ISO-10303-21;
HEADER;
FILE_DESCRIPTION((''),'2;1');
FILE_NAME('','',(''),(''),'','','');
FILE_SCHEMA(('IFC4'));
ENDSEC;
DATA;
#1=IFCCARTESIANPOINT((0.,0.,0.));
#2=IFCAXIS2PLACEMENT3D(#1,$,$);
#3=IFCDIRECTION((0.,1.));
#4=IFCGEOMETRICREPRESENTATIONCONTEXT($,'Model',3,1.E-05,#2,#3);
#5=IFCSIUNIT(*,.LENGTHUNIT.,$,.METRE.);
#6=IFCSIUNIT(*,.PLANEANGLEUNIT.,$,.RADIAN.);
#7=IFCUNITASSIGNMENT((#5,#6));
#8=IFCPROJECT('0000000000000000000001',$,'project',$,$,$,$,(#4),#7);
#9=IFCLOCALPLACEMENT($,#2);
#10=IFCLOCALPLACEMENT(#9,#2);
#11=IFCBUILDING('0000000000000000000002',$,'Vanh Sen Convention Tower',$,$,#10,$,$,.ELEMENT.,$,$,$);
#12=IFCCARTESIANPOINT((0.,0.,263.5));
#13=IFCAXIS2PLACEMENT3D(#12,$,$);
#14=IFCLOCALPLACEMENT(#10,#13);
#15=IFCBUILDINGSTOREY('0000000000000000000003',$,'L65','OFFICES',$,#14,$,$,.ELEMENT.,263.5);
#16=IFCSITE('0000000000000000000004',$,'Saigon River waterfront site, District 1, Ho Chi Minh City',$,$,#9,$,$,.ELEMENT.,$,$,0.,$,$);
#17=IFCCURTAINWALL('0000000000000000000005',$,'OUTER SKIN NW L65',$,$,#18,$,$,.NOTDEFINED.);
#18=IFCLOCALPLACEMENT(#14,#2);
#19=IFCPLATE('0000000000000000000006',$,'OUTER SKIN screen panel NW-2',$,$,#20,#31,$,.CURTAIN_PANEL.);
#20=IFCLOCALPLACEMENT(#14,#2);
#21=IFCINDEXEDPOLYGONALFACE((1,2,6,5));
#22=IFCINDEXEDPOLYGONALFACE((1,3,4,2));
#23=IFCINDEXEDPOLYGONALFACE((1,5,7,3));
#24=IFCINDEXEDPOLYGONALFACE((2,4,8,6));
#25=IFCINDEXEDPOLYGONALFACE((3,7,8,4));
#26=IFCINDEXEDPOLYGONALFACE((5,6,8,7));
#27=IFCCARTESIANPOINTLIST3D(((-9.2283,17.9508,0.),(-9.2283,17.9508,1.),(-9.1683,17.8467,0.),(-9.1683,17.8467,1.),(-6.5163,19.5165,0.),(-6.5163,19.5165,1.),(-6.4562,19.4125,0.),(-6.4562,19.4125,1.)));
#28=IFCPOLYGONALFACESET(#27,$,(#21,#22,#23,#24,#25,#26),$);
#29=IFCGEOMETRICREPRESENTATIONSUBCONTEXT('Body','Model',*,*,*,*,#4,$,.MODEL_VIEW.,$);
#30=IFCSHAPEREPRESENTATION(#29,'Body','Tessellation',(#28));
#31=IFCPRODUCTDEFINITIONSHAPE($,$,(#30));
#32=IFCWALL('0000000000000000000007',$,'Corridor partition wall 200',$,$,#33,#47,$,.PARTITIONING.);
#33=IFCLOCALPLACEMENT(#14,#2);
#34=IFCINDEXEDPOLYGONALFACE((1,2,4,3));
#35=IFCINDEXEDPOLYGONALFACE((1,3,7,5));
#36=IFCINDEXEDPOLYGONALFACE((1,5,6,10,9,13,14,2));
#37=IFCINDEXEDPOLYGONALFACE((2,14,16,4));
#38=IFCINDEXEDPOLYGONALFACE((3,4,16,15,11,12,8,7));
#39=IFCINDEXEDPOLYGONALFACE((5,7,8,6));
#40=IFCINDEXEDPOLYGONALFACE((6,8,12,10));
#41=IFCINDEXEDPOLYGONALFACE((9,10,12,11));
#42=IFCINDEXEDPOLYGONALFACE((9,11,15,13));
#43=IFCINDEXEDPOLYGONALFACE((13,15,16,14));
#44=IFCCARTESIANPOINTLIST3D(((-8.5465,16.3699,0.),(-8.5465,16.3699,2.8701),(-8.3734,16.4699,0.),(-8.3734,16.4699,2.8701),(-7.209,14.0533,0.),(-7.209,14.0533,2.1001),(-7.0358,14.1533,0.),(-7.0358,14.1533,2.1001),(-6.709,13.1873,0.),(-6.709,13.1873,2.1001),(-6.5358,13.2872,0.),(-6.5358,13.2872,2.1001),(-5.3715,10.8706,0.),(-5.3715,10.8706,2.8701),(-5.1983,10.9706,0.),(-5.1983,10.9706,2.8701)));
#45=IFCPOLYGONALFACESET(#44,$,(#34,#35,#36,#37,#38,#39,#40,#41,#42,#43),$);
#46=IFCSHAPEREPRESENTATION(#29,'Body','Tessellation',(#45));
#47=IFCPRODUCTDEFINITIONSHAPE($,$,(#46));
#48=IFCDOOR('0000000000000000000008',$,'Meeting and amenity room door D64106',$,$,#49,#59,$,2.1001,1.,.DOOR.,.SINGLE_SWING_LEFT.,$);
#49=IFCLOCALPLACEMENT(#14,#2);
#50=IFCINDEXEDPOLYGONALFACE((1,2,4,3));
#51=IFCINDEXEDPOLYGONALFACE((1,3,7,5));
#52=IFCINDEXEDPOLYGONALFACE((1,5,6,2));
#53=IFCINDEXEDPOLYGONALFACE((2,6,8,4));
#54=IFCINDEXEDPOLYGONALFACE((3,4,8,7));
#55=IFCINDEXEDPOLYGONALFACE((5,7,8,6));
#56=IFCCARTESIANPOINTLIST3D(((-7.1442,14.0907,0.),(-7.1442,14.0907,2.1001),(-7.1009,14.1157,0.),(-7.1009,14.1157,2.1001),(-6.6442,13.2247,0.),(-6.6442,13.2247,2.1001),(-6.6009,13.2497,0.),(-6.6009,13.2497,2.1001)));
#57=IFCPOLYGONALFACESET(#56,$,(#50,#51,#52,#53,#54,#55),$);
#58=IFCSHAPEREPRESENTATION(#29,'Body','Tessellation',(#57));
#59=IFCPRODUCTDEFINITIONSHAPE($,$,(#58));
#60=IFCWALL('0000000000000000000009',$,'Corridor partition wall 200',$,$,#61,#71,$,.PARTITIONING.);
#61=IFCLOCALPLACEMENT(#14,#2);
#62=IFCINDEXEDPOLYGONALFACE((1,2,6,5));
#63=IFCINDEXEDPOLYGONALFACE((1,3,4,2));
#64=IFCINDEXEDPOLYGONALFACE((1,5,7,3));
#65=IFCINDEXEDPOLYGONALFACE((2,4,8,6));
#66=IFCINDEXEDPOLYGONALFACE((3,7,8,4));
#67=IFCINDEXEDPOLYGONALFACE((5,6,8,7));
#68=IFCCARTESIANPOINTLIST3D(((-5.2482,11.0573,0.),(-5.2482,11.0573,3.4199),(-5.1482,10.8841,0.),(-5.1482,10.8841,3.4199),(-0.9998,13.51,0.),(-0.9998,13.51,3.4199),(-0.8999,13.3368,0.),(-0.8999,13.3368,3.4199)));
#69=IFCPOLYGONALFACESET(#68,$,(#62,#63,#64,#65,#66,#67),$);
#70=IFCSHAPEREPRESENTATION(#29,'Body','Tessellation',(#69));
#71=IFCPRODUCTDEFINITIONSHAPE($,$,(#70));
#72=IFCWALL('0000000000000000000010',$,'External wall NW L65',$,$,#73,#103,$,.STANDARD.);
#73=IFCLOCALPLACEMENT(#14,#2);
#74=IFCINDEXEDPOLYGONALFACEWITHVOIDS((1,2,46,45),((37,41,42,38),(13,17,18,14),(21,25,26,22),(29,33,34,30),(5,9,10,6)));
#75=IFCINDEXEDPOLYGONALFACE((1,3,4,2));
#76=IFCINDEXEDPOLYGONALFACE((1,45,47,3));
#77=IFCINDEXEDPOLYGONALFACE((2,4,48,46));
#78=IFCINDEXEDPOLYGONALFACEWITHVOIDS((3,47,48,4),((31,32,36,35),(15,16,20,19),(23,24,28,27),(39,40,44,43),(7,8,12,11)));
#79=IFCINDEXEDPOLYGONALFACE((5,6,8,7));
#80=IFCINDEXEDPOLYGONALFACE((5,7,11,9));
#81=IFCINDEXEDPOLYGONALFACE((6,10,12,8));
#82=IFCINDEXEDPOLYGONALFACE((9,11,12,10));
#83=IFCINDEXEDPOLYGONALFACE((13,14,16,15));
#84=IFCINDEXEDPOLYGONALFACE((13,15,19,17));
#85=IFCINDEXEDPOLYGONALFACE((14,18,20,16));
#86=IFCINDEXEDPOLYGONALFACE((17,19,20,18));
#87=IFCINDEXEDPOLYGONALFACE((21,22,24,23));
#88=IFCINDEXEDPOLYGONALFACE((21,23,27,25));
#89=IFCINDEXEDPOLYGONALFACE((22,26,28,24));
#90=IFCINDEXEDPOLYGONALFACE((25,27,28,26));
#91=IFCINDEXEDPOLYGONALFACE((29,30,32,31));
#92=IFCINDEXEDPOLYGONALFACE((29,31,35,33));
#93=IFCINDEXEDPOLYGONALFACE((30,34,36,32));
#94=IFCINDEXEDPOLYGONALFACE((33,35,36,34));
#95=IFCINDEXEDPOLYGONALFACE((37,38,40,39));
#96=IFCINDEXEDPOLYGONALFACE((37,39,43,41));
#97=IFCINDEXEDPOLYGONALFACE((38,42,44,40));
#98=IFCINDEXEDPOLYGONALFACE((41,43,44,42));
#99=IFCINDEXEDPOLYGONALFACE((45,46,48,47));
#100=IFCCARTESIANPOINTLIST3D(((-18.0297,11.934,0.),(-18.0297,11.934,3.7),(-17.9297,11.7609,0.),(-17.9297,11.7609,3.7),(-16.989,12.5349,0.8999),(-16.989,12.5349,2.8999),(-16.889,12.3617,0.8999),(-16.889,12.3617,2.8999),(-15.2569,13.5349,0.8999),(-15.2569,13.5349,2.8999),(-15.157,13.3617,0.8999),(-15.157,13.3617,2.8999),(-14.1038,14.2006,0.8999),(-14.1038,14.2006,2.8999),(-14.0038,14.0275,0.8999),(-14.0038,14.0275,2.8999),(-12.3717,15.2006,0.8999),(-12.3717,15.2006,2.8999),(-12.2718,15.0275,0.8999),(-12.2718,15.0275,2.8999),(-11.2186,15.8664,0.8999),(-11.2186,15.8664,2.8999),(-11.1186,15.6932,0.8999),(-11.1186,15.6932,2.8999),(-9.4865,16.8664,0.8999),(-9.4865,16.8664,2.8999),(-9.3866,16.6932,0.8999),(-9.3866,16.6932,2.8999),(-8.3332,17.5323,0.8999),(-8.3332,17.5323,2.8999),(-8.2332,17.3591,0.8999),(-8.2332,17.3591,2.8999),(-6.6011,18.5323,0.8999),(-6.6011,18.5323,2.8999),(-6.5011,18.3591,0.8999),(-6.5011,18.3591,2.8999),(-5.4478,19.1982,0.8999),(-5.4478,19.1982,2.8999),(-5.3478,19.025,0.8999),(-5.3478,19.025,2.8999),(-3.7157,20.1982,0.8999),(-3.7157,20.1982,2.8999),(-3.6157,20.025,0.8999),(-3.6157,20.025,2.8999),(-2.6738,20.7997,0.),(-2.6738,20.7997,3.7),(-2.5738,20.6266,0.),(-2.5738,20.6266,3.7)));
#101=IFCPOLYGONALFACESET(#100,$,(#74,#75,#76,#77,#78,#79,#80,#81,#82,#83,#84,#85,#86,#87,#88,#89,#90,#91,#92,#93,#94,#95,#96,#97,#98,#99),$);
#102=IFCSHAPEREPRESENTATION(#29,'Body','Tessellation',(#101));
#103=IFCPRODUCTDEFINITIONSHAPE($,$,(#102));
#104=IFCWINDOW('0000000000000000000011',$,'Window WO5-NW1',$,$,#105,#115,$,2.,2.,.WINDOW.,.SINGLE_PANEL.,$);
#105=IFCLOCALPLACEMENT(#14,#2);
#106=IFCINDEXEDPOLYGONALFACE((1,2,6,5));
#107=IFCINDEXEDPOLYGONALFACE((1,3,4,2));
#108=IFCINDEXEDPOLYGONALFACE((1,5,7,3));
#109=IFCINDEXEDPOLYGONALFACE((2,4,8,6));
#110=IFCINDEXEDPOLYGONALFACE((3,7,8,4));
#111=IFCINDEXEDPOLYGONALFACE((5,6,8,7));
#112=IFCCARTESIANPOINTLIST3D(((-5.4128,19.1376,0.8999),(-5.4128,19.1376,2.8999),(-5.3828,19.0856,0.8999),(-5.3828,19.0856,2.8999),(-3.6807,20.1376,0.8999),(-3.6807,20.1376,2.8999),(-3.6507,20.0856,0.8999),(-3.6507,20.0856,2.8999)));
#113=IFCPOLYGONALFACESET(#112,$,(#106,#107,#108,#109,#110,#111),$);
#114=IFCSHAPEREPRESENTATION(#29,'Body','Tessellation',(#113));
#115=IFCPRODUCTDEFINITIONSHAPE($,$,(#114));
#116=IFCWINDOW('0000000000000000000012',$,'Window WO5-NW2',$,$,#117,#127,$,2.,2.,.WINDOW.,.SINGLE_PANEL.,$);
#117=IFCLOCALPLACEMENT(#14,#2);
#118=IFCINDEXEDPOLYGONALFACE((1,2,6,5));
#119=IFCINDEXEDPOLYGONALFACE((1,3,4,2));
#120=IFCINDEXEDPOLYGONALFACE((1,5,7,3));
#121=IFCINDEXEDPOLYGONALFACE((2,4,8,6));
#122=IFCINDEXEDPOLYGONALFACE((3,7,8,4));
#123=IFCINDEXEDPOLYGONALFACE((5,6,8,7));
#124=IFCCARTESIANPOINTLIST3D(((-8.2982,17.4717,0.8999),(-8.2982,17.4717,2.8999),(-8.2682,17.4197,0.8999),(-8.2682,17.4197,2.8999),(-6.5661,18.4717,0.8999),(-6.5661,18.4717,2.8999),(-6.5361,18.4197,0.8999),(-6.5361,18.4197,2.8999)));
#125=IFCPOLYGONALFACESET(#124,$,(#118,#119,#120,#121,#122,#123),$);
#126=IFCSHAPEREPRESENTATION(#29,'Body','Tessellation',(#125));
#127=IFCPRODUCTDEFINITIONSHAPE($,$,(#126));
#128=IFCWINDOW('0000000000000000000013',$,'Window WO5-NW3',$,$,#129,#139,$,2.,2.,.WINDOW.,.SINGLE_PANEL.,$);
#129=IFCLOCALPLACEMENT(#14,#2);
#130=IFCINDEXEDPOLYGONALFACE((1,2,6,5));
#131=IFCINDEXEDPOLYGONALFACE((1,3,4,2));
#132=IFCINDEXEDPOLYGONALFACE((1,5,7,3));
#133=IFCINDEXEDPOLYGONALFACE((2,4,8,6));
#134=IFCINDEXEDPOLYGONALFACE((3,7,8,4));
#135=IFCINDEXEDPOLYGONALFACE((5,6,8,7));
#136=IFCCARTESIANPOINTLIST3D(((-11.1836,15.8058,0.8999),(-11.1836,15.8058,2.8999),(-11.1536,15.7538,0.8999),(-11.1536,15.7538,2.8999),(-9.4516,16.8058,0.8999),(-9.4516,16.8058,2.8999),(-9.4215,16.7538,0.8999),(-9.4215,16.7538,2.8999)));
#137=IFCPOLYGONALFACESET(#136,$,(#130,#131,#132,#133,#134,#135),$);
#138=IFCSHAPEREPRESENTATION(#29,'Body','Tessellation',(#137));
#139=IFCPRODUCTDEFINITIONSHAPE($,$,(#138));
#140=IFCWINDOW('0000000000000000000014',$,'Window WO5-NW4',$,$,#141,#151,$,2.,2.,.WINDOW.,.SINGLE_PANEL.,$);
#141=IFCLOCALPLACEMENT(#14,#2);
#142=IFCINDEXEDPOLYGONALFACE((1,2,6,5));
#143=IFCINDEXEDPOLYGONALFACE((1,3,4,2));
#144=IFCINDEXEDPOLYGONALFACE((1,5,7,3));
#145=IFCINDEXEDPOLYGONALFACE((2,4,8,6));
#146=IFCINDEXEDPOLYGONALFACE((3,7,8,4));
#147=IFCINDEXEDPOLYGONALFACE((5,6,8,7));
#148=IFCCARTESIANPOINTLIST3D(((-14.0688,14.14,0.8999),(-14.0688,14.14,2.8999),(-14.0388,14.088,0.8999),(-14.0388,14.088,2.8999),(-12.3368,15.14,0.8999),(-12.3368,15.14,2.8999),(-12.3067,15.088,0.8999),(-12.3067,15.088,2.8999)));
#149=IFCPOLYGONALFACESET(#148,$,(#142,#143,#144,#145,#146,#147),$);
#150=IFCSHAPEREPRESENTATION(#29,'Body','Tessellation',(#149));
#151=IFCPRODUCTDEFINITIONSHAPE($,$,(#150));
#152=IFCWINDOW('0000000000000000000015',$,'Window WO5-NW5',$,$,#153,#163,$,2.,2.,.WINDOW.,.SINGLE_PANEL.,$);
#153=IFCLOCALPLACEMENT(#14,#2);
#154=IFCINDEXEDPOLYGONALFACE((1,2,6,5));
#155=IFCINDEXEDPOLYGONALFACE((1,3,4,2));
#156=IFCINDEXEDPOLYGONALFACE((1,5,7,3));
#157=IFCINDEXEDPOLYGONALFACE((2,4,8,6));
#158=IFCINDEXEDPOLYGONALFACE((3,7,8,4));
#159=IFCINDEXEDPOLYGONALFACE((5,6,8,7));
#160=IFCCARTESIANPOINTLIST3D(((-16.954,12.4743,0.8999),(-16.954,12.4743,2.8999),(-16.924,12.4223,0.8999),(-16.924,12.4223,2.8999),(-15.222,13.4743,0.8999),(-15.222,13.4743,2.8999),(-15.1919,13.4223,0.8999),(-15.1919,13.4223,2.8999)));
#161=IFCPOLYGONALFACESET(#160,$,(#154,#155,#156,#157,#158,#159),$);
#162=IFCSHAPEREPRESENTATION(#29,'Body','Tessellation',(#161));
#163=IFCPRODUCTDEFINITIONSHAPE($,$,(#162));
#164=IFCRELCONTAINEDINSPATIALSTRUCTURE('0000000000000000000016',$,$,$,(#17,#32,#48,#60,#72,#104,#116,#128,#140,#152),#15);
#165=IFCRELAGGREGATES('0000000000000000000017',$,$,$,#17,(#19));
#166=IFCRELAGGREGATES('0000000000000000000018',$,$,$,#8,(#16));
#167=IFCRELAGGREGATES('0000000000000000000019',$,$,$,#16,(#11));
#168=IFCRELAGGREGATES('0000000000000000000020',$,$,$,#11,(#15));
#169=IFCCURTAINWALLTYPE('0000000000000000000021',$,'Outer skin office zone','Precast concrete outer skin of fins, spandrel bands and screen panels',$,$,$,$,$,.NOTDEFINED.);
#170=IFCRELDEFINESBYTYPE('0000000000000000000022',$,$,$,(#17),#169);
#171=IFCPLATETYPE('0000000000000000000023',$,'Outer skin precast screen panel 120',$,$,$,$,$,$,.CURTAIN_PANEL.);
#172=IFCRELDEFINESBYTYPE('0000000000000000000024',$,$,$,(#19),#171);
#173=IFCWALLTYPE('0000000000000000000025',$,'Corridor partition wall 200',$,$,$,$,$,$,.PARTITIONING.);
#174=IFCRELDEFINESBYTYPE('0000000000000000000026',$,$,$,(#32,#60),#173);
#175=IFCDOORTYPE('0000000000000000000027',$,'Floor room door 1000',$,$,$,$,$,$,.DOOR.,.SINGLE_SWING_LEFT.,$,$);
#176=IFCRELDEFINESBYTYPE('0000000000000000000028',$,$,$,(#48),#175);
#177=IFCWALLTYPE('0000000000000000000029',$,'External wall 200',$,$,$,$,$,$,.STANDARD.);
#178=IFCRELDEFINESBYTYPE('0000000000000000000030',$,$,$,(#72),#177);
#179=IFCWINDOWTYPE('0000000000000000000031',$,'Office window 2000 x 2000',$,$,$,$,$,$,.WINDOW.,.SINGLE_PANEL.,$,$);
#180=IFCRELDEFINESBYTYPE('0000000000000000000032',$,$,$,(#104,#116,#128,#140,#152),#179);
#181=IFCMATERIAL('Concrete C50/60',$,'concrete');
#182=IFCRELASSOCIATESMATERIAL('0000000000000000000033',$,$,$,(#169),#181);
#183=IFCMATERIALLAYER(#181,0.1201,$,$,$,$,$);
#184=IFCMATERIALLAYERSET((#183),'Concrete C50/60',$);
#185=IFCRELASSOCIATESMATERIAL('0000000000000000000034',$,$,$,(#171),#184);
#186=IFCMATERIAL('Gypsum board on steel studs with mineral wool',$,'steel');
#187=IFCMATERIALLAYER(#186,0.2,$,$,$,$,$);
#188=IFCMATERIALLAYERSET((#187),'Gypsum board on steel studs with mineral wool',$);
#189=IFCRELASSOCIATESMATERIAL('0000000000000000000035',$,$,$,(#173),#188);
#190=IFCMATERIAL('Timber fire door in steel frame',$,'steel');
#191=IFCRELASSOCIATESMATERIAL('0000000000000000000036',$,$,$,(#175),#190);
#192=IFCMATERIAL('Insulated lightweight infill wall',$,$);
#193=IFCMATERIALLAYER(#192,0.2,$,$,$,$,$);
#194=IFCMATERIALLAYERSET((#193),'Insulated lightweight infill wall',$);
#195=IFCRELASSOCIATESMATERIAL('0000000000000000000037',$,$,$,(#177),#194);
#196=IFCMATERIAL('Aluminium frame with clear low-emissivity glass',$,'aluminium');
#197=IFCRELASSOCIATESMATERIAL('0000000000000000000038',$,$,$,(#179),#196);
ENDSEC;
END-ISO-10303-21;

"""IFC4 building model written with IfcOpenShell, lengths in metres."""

from ifc_helpers import new_model, si_unit, direction, frame, frame_2d, origin, origin_2d, place, context, subcontext, project, spatial, rectangle, extrude, material, layer, layer_set, type_object, element, fill, aggregate, save


model = new_model("IFC4")

# Units and contexts
model_context = context("Model", 3, precision=1e-05, world=origin(), true_north=direction((0.0, 1.0)))
body_context = subcontext(model_context, "Body", "Model", "MODEL_VIEW")
ifc_project = project(units=[si_unit("LENGTHUNIT", "METRE"), si_unit("PLANEANGLEUNIT", "RADIAN")], contexts=[model_context])

# Site, building, storey
site_placement = place(None, origin())
site = spatial("IfcSite", under=ifc_project, at=site_placement, Name="Saigon River waterfront site, District 1, Ho Chi Minh City", CompositionType="ELEMENT", RefElevation=0.0)
building_placement = place(site_placement, origin())
building = spatial("IfcBuilding", under=site, at=building_placement, Name="Vanh Sen Convention Tower", CompositionType="ELEMENT")
storey_placement = place(building_placement, frame((0.0, 0.0, 263.5)))
storey = spatial("IfcBuildingStorey", under=building, at=storey_placement, Name="L65", Description="OFFICES", CompositionType="ELEMENT", Elevation=263.5)

# Curtain wall
ifc_material_1 = material(Name="Concrete C50/60", Category="concrete")
curtain_wall_type = type_object("IfcCurtainWallType", Name="Outer skin office zone", Description="Precast concrete outer skin of fins, spandrel bands and screen panels", PredefinedType="NOTDEFINED", material=ifc_material_1)
curtain_wall_1_placement = place(storey_placement, origin())
curtain_wall_1 = element("IfcCurtainWall", 1, at=curtain_wall_1_placement, inside=storey, type_object=curtain_wall_type, Name="OUTER SKIN NW L65", PredefinedType="NOTDEFINED")

# Shared definitions
ifc_layer_1 = layer(ifc_material_1, 0.1201)
ifc_layer_set_1 = layer_set([ifc_layer_1], Name="Concrete C50/60")
plate_type = type_object("IfcPlateType", Name="Outer skin precast screen panel 120", PredefinedType="CURTAIN_PANEL", material=ifc_layer_set_1)

# Plate
plate_1_placement = place(storey_placement, frame((-7.8423, 18.6816, 0.0), z_axis=(0.0, 0.0, 1.0), x_axis=(-0.866029, -0.499994, 0.0)))
plate_1 = element("IfcPlate", 2, at=plate_1_placement, type_object=plate_type, Name="OUTER SKIN screen panel NW-2", PredefinedType="CURTAIN_PANEL", context=body_context, shape_type="SweptSolid", body=[
    extrude(rectangle(XDim=3.1316, YDim=0.1201, at=origin_2d()), origin(), (0.0, 0.0, 1.0), 1.0),
])
aggregate(curtain_wall_1, [plate_1])

# Wall, opening, door
ifc_material_2 = material(Name="Gypsum board on steel studs with mineral wool", Category="steel")
ifc_layer_2 = layer(ifc_material_2, 0.2)
ifc_layer_set_2 = layer_set([ifc_layer_2], Name="Gypsum board on steel studs with mineral wool")
wall_type_1 = type_object("IfcWallType", Name="Corridor partition wall 200", PredefinedType="PARTITIONING", material=ifc_layer_set_2)
wall_1_placement = place(storey_placement, frame((-8.46, 16.4199, 0.0), z_axis=(0.0, 0.0, 1.0), x_axis=(0.500005, -0.866022, 0.0)))
wall_1 = element("IfcWall", 3, at=wall_1_placement, inside=storey, type_object=wall_type_1, Name="Corridor partition wall 200", PredefinedType="PARTITIONING", context=body_context, shape_type="SweptSolid", body=[
    extrude(rectangle(XDim=6.3501, YDim=0.2, at=frame_2d((3.175, 0.0))), origin(), (0.0, 0.0, 1.0), 2.8701),
])
opening_1_placement = place(wall_1_placement, frame((2.675, 0.0, 0.0)))
opening_1 = element("IfcOpeningElement", 4, at=opening_1_placement, cuts=wall_1, PredefinedType="OPENING", context=body_context, shape_type="SweptSolid", body=[
    extrude(rectangle(XDim=1.0, YDim=2.1001, at=frame_2d((0.5, 1.05))), frame((0.0, 0.1099, 0.0), z_axis=(0.0, -1.0, 0.0), x_axis=(1.0, 0.0, 0.0)), (0.0, 0.0, 1.0), 0.22),
])
ifc_material_3 = material(Name="Timber fire door in steel frame", Category="steel")
door_type = type_object("IfcDoorType", Name="Floor room door 1000", OperationType="SINGLE_SWING_LEFT", PredefinedType="DOOR", material=ifc_material_3)
door_placement = place(opening_1_placement, origin())
door = element("IfcDoor", 5, at=door_placement, inside=storey, type_object=door_type, Name="Meeting and amenity room door D64106", OperationType="SINGLE_SWING_LEFT", OverallHeight=2.1001, OverallWidth=1.0, PredefinedType="DOOR", context=body_context, shape_type="SweptSolid", body=[
    extrude(rectangle(XDim=1.0, YDim=2.1001, at=frame_2d((0.5, 1.05))), frame((0.0, 0.0249, 0.0), z_axis=(0.0, -1.0, 0.0), x_axis=(1.0, 0.0, 0.0)), (0.0, 0.0, 1.0), 0.05),
])
fill(opening_1, door)

# Wall
wall_2_placement = place(storey_placement, frame((-0.95, 13.4233, 0.0), z_axis=(0.0, 0.0, 1.0), x_axis=(-0.866036, -0.499982, 0.0)))
element("IfcWall", 6, at=wall_2_placement, inside=storey, type_object=wall_type_1, Name="Corridor partition wall 200", PredefinedType="PARTITIONING", context=body_context, shape_type="SweptSolid", body=[
    extrude(rectangle(XDim=4.9055, YDim=0.2, at=frame_2d((2.4526, 0.0))), origin(), (0.0, 0.0, 1.0), 3.4199),
])

# Wall, openings, windows
ifc_material_4 = material(Name="Insulated lightweight infill wall")
ifc_layer_3 = layer(ifc_material_4, 0.2)
ifc_layer_set_3 = layer_set([ifc_layer_3], Name="Insulated lightweight infill wall")
wall_type_2 = type_object("IfcWallType", Name="External wall 200", PredefinedType="STANDARD", material=ifc_layer_set_3)
wall_3_placement = place(storey_placement, frame((-2.6238, 20.7131, 0.0), z_axis=(0.0, 0.0, 1.0), x_axis=(-0.866026, -0.499998, 0.0)))
wall_3 = element("IfcWall", 7, at=wall_3_placement, inside=storey, type_object=wall_type_2, Name="External wall NW L65", PredefinedType="STANDARD", context=body_context, shape_type="SweptSolid", body=[
    extrude(rectangle(XDim=17.7314, YDim=0.2, at=frame_2d((8.8657, 0.0))), origin(), (0.0, 0.0, 1.0), 3.7),
])
opening_2_placement = place(wall_3_placement, frame((1.2031, 0.0, 0.8999)))
opening_2 = element("IfcOpeningElement", 8, at=opening_2_placement, cuts=wall_3, PredefinedType="OPENING", context=body_context, shape_type="SweptSolid", body=[
    extrude(rectangle(XDim=2.0, YDim=2.0, at=frame_2d((1.0, 1.0))), frame((0.0, 0.1099, 0.0), z_axis=(0.0, -1.0, 0.0), x_axis=(1.0, 0.0, 0.0)), (0.0, 0.0, 1.0), 0.22),
])
opening_3_placement = place(wall_3_placement, frame((4.5349, 0.0, 0.8999)))
opening_3 = element("IfcOpeningElement", 9, at=opening_3_placement, cuts=wall_3, PredefinedType="OPENING", context=body_context, shape_type="SweptSolid", body=[
    extrude(rectangle(XDim=2.0, YDim=2.0, at=frame_2d((1.0, 1.0))), frame((0.0, 0.1099, 0.0), z_axis=(0.0, -1.0, 0.0), x_axis=(1.0, 0.0, 0.0)), (0.0, 0.0, 1.0), 0.22),
])
opening_4_placement = place(wall_3_placement, frame((7.8667, 0.0, 0.8999)))
opening_4 = element("IfcOpeningElement", 10, at=opening_4_placement, cuts=wall_3, PredefinedType="OPENING", context=body_context, shape_type="SweptSolid", body=[
    extrude(rectangle(XDim=2.0, YDim=2.0, at=frame_2d((1.0, 1.0))), frame((0.0, 0.1099, 0.0), z_axis=(0.0, -1.0, 0.0), x_axis=(1.0, 0.0, 0.0)), (0.0, 0.0, 1.0), 0.22),
])
opening_5_placement = place(wall_3_placement, frame((11.1982, 0.0, 0.8999)))
opening_5 = element("IfcOpeningElement", 11, at=opening_5_placement, cuts=wall_3, PredefinedType="OPENING", context=body_context, shape_type="SweptSolid", body=[
    extrude(rectangle(XDim=2.0, YDim=2.0, at=frame_2d((1.0, 1.0))), frame((0.0, 0.1099, 0.0), z_axis=(0.0, -1.0, 0.0), x_axis=(1.0, 0.0, 0.0)), (0.0, 0.0, 1.0), 0.22),
])
opening_6_placement = place(wall_3_placement, frame((14.5298, 0.0, 0.8999)))
opening_6 = element("IfcOpeningElement", 12, at=opening_6_placement, cuts=wall_3, PredefinedType="OPENING", context=body_context, shape_type="SweptSolid", body=[
    extrude(rectangle(XDim=2.0, YDim=2.0, at=frame_2d((1.0, 1.0))), frame((0.0, 0.1099, 0.0), z_axis=(0.0, -1.0, 0.0), x_axis=(1.0, 0.0, 0.0)), (0.0, 0.0, 1.0), 0.22),
])
ifc_material_5 = material(Name="Aluminium frame with clear low-emissivity glass", Category="aluminium")
window_type = type_object("IfcWindowType", Name="Office window 2000 x 2000", PartitioningType="SINGLE_PANEL", PredefinedType="WINDOW", material=ifc_material_5)
window_1_placement = place(opening_2_placement, origin())
window_1 = element("IfcWindow", 13, at=window_1_placement, inside=storey, type_object=window_type, Name="Window WO5-NW1", OverallHeight=2.0, OverallWidth=2.0, PartitioningType="SINGLE_PANEL", PredefinedType="WINDOW", context=body_context, shape_type="SweptSolid", body=[
    extrude(rectangle(XDim=2.0, YDim=2.0, at=frame_2d((1.0, 1.0))), frame((0.0, 0.03, 0.0), z_axis=(0.0, -1.0, 0.0), x_axis=(1.0, 0.0, 0.0)), (0.0, 0.0, 1.0), 0.0601),
])
fill(opening_2, window_1)
window_2_placement = place(opening_3_placement, origin())
window_2 = element("IfcWindow", 14, at=window_2_placement, inside=storey, type_object=window_type, Name="Window WO5-NW2", OverallHeight=2.0, OverallWidth=2.0, PartitioningType="SINGLE_PANEL", PredefinedType="WINDOW", context=body_context, shape_type="SweptSolid", body=[
    extrude(rectangle(XDim=2.0, YDim=2.0, at=frame_2d((1.0, 1.0))), frame((0.0, 0.03, 0.0), z_axis=(0.0, -1.0, 0.0), x_axis=(1.0, 0.0, 0.0)), (0.0, 0.0, 1.0), 0.0601),
])
fill(opening_3, window_2)
window_3_placement = place(opening_4_placement, origin())
window_3 = element("IfcWindow", 15, at=window_3_placement, inside=storey, type_object=window_type, Name="Window WO5-NW3", OverallHeight=2.0, OverallWidth=2.0, PartitioningType="SINGLE_PANEL", PredefinedType="WINDOW", context=body_context, shape_type="SweptSolid", body=[
    extrude(rectangle(XDim=2.0, YDim=2.0, at=frame_2d((1.0, 1.0))), frame((0.0, 0.03, 0.0), z_axis=(0.0, -1.0, 0.0), x_axis=(1.0, 0.0, 0.0)), (0.0, 0.0, 1.0), 0.0601),
])
fill(opening_4, window_3)
window_4_placement = place(opening_5_placement, origin())
window_4 = element("IfcWindow", 16, at=window_4_placement, inside=storey, type_object=window_type, Name="Window WO5-NW4", OverallHeight=2.0, OverallWidth=2.0, PartitioningType="SINGLE_PANEL", PredefinedType="WINDOW", context=body_context, shape_type="SweptSolid", body=[
    extrude(rectangle(XDim=2.0, YDim=2.0, at=frame_2d((1.0, 1.0))), frame((0.0, 0.03, 0.0), z_axis=(0.0, -1.0, 0.0), x_axis=(1.0, 0.0, 0.0)), (0.0, 0.0, 1.0), 0.0601),
])
fill(opening_5, window_4)
window_5_placement = place(opening_6_placement, origin())
window_5 = element("IfcWindow", 17, at=window_5_placement, inside=storey, type_object=window_type, Name="Window WO5-NW5", OverallHeight=2.0, OverallWidth=2.0, PartitioningType="SINGLE_PANEL", PredefinedType="WINDOW", context=body_context, shape_type="SweptSolid", body=[
    extrude(rectangle(XDim=2.0, YDim=2.0, at=frame_2d((1.0, 1.0))), frame((0.0, 0.03, 0.0), z_axis=(0.0, -1.0, 0.0), x_axis=(1.0, 0.0, 0.0)), (0.0, 0.0, 1.0), 0.0601),
])
fill(opening_6, window_5)

save(model, "model.ifc")
